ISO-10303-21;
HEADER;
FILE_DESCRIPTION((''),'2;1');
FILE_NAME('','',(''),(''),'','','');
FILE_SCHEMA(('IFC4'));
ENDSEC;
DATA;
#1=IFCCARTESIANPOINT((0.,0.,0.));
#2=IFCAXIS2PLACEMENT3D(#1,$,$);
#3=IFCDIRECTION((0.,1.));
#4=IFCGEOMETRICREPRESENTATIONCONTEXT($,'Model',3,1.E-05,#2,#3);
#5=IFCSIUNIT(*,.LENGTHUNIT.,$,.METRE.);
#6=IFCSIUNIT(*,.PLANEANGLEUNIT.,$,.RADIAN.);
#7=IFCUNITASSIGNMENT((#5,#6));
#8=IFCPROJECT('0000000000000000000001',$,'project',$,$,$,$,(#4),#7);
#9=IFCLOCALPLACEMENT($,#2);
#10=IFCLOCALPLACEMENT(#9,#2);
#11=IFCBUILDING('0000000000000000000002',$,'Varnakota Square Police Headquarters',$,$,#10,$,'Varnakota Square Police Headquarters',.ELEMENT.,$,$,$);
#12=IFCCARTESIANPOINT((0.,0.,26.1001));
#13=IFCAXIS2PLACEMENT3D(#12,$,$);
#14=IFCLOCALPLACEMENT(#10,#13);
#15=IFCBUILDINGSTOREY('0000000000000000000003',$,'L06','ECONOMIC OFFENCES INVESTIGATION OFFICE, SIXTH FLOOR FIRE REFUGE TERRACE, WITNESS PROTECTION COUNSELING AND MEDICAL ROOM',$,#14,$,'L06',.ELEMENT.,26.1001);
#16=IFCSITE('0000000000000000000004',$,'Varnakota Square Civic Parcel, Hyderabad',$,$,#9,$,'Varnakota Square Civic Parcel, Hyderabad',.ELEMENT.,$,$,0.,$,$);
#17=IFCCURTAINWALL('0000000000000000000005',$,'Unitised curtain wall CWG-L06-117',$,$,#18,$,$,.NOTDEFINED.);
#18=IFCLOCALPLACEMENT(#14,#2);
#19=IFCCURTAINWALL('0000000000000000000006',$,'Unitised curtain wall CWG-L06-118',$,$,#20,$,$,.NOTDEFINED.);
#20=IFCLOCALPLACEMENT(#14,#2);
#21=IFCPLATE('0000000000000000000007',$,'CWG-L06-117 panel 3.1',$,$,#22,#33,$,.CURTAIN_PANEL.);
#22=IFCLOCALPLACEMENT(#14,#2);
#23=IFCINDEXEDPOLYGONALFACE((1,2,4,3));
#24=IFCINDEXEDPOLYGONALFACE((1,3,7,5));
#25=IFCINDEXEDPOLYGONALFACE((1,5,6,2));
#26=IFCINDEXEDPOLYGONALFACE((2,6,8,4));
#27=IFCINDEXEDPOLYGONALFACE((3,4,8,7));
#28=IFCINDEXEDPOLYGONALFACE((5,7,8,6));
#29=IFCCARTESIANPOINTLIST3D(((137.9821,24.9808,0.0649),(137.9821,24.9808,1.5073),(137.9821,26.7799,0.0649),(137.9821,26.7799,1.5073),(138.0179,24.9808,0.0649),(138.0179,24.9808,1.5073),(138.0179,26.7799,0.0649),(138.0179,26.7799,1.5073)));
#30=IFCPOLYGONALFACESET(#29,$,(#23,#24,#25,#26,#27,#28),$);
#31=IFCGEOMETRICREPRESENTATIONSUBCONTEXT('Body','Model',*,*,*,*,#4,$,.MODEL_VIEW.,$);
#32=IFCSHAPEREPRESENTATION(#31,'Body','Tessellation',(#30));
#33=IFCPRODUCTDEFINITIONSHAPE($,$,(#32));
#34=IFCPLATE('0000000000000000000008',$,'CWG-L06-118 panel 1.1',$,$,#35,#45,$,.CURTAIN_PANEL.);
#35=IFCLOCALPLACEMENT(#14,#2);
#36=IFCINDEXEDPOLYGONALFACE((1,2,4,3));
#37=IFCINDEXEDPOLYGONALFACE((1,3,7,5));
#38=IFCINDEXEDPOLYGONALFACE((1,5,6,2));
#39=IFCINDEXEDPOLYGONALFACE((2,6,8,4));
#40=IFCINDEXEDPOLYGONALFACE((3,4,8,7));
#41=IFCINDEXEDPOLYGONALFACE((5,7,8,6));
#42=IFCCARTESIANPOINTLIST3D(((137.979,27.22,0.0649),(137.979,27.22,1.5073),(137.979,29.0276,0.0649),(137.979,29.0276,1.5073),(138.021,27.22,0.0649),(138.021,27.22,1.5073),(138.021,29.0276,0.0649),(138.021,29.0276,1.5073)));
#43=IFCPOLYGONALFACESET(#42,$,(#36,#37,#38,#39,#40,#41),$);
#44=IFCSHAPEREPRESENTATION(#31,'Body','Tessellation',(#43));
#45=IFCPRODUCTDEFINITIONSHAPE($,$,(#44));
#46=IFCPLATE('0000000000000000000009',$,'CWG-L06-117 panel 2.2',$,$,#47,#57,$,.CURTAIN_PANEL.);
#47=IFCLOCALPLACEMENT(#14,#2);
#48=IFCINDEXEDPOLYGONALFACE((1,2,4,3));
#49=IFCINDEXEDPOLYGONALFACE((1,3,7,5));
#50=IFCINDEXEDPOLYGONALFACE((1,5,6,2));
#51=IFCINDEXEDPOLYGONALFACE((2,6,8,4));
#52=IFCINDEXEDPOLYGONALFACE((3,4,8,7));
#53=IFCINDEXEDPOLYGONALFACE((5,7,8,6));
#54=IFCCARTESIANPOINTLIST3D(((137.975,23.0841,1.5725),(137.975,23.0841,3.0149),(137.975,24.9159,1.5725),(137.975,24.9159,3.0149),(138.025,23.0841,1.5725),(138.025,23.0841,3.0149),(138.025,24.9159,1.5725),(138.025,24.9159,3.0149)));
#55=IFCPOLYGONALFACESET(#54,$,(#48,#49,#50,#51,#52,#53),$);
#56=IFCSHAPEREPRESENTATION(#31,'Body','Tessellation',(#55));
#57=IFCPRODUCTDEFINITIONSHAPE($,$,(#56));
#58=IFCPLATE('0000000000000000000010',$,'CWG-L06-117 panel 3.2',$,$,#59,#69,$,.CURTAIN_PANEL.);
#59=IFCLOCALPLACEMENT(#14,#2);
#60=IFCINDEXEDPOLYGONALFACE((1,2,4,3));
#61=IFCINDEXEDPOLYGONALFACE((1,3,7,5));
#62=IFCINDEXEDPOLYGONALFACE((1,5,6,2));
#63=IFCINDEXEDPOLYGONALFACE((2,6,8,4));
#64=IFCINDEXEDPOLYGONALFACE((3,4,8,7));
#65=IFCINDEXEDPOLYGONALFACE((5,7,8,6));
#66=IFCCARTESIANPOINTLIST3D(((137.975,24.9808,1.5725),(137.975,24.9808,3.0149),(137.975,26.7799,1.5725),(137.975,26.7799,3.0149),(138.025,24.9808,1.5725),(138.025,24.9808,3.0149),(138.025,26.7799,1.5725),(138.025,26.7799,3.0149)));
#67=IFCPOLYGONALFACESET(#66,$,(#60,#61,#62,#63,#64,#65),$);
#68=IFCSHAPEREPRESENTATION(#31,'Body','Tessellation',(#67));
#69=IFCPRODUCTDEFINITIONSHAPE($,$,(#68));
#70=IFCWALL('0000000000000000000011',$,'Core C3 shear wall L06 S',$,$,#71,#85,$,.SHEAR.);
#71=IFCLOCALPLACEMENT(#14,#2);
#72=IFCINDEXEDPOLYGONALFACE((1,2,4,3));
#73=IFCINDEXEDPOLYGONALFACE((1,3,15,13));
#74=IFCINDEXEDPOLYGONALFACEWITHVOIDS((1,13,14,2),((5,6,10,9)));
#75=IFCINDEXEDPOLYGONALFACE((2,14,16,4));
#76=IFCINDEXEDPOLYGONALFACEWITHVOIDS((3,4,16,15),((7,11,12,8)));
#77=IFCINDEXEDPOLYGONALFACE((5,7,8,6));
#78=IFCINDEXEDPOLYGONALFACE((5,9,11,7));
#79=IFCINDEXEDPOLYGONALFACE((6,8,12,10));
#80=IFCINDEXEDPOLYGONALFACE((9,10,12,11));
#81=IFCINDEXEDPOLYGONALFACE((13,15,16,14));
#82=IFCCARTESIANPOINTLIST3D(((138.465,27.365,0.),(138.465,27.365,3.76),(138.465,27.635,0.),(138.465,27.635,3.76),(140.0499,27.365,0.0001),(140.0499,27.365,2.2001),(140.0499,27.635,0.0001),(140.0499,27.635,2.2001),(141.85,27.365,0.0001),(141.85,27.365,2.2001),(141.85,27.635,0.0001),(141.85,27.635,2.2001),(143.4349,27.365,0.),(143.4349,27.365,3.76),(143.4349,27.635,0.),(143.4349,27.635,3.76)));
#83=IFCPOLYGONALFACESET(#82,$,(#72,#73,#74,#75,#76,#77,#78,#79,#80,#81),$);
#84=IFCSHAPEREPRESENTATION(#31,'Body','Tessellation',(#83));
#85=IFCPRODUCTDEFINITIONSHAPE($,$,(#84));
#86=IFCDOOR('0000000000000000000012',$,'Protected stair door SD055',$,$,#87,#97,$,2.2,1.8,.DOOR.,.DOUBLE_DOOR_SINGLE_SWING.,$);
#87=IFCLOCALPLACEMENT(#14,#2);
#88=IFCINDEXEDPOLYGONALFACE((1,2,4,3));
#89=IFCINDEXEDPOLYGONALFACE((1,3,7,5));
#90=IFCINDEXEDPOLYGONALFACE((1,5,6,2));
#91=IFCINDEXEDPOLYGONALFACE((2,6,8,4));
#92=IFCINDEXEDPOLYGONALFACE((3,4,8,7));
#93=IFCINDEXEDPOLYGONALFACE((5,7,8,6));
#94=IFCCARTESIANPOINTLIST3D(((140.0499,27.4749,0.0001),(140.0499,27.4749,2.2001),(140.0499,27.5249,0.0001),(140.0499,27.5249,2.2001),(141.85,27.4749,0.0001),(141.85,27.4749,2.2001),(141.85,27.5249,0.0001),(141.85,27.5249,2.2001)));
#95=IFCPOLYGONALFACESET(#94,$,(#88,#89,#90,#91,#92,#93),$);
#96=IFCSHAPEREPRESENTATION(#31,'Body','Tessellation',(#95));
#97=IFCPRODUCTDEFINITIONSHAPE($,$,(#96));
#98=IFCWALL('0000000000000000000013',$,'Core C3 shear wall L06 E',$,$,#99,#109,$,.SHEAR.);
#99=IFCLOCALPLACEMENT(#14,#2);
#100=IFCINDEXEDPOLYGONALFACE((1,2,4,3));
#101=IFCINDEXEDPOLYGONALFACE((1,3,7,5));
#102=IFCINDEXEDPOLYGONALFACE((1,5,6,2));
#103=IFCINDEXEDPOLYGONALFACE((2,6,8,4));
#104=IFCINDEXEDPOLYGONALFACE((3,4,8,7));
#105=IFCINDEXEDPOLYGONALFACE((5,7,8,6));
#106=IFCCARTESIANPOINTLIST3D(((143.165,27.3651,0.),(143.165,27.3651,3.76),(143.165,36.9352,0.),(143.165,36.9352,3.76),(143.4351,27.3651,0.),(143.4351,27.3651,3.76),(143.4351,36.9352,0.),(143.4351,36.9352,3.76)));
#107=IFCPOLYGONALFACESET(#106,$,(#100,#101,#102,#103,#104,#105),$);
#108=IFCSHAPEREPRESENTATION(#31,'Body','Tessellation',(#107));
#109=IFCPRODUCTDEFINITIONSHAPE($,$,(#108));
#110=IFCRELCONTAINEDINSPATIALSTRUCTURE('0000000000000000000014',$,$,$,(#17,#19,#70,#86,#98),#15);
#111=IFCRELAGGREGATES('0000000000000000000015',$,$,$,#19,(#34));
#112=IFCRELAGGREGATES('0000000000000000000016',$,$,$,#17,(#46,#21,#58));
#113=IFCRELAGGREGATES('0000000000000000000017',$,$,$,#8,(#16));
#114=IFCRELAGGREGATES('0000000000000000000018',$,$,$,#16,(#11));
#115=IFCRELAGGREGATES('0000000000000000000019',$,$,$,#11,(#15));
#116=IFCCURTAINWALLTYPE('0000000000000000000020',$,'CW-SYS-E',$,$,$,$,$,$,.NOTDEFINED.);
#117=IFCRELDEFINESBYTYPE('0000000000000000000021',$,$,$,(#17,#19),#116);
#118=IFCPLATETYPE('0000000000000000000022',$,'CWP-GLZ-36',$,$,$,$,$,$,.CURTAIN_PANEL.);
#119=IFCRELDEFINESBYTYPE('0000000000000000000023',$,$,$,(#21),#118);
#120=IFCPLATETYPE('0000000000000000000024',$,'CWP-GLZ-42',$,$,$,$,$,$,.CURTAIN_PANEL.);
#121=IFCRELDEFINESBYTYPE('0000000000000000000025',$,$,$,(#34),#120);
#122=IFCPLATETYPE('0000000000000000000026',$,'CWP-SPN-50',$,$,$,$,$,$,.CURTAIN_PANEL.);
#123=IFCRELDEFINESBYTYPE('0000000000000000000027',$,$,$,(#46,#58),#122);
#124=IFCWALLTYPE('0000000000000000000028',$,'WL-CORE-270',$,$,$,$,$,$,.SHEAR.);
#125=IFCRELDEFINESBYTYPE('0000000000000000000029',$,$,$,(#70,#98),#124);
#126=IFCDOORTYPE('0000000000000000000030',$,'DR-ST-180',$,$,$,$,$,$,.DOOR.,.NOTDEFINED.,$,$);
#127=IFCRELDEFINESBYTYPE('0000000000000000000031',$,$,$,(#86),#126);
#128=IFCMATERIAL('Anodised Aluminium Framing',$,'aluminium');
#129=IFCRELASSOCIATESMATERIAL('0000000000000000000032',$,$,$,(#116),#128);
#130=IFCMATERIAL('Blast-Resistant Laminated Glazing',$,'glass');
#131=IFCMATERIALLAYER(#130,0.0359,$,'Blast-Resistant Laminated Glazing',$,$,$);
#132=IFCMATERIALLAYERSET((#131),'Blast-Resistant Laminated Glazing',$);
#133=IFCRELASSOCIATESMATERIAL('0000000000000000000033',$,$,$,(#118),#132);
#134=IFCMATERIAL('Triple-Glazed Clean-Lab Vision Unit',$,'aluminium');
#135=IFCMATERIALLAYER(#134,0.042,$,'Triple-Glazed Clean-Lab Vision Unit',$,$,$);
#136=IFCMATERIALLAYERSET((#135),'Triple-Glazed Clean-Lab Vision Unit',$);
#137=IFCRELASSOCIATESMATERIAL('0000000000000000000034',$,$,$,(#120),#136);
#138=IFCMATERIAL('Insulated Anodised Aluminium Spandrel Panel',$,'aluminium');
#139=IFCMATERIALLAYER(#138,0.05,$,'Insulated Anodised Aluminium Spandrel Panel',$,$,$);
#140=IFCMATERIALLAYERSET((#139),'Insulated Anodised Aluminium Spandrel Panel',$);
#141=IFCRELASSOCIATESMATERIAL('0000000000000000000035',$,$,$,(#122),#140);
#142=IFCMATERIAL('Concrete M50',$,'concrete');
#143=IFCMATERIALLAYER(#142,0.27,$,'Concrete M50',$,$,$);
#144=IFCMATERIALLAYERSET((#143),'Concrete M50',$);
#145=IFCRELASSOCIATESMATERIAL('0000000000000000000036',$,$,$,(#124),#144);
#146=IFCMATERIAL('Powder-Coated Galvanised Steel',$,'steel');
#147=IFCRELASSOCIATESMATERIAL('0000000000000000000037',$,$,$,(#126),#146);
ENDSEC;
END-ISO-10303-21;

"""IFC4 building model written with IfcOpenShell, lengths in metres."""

from ifc_helpers import new_model, si_unit, direction, frame, frame_2d, origin, origin_2d, place, context, subcontext, project, spatial, rectangle, extrude, material, layer, layer_set, type_object, element, fill, aggregate, save


model = new_model("IFC4")

# Units and contexts
model_context = context("Model", 3, precision=1e-05, world=origin(), true_north=direction((0.0, 1.0)))
body_context = subcontext(model_context, "Body", "Model", "MODEL_VIEW")
ifc_project = project(units=[si_unit("LENGTHUNIT", "METRE"), si_unit("PLANEANGLEUNIT", "RADIAN")], contexts=[model_context])

# Site, building, storey
site_placement = place(None, origin())
site = spatial("IfcSite", under=ifc_project, at=site_placement, Name="Varnakota Square Civic Parcel, Hyderabad", LongName="Varnakota Square Civic Parcel, Hyderabad", CompositionType="ELEMENT", RefElevation=0.0)
building_placement = place(site_placement, origin())
building = spatial("IfcBuilding", under=site, at=building_placement, Name="Varnakota Square Police Headquarters", LongName="Varnakota Square Police Headquarters", CompositionType="ELEMENT")
storey_placement = place(building_placement, frame((0.0, 0.0, 26.1001)))
storey = spatial("IfcBuildingStorey", under=building, at=storey_placement, Name="L06", Description="ECONOMIC OFFENCES INVESTIGATION OFFICE, SIXTH FLOOR FIRE REFUGE TERRACE, WITNESS PROTECTION COUNSELING AND MEDICAL ROOM", LongName="L06", CompositionType="ELEMENT", Elevation=26.1001)

# Curtain wall
ifc_material_1 = material(Name="Anodised Aluminium Framing", Category="aluminium")
curtain_wall_type = type_object("IfcCurtainWallType", Name="CW-SYS-E", PredefinedType="NOTDEFINED", material=ifc_material_1)
curtain_wall_1_placement = place(storey_placement, origin())
curtain_wall_1 = element("IfcCurtainWall", 1, at=curtain_wall_1_placement, inside=storey, type_object=curtain_wall_type, Name="Unitised curtain wall CWG-L06-117", PredefinedType="NOTDEFINED")

# Curtain wall
curtain_wall_2_placement = place(storey_placement, origin())
curtain_wall_2 = element("IfcCurtainWall", 2, at=curtain_wall_2_placement, inside=storey, type_object=curtain_wall_type, Name="Unitised curtain wall CWG-L06-118", PredefinedType="NOTDEFINED")

# Plates
ifc_material_2 = material(Name="Blast-Resistant Laminated Glazing", Category="glass")
ifc_layer_1 = layer(ifc_material_2, 0.0359, Name="Blast-Resistant Laminated Glazing")
ifc_layer_set_1 = layer_set([ifc_layer_1], Name="Blast-Resistant Laminated Glazing")
plate_type_1 = type_object("IfcPlateType", Name="CWP-GLZ-36", PredefinedType="CURTAIN_PANEL", material=ifc_layer_set_1)
plate_1_placement = place(storey_placement, frame((138.0, 25.8804, 0.0649), z_axis=(0.0, 0.0, 1.0), x_axis=(0.0, 1.0, 0.0)))
plate_1 = element("IfcPlate", 3, at=plate_1_placement, type_object=plate_type_1, Name="CWG-L06-117 panel 3.1", PredefinedType="CURTAIN_PANEL", context=body_context, shape_type="SweptSolid", body=[
    extrude(rectangle(XDim=1.7991, YDim=0.0359, at=origin_2d()), origin(), (0.0, 0.0, 1.0), 1.4424),
])
ifc_material_3 = material(Name="Triple-Glazed Clean-Lab Vision Unit", Category="aluminium")
ifc_layer_2 = layer(ifc_material_3, 0.042, Name="Triple-Glazed Clean-Lab Vision Unit")
ifc_layer_set_2 = layer_set([ifc_layer_2], Name="Triple-Glazed Clean-Lab Vision Unit")
plate_type_2 = type_object("IfcPlateType", Name="CWP-GLZ-42", PredefinedType="CURTAIN_PANEL", material=ifc_layer_set_2)
plate_2_placement = place(storey_placement, frame((138.0, 28.1238, 0.0649), z_axis=(0.0, 0.0, 1.0), x_axis=(0.0, 1.0, 0.0)))
plate_2 = element("IfcPlate", 4, at=plate_2_placement, type_object=plate_type_2, Name="CWG-L06-118 panel 1.1", PredefinedType="CURTAIN_PANEL", context=body_context, shape_type="SweptSolid", body=[
    extrude(rectangle(XDim=1.8076, YDim=0.042, at=origin_2d()), origin(), (0.0, 0.0, 1.0), 1.4424),
])
aggregate(curtain_wall_2, [plate_2])
ifc_material_4 = material(Name="Insulated Anodised Aluminium Spandrel Panel", Category="aluminium")
ifc_layer_3 = layer(ifc_material_4, 0.05, Name="Insulated Anodised Aluminium Spandrel Panel")
ifc_layer_set_3 = layer_set([ifc_layer_3], Name="Insulated Anodised Aluminium Spandrel Panel")
plate_type_3 = type_object("IfcPlateType", Name="CWP-SPN-50", PredefinedType="CURTAIN_PANEL", material=ifc_layer_set_3)
plate_3_placement = place(storey_placement, frame((138.0, 24.0, 1.5725), z_axis=(0.0, 0.0, 1.0), x_axis=(0.0, 1.0, 0.0)))
plate_3 = element("IfcPlate", 5, at=plate_3_placement, type_object=plate_type_3, Name="CWG-L06-117 panel 2.2", PredefinedType="CURTAIN_PANEL", context=body_context, shape_type="SweptSolid", body=[
    extrude(rectangle(XDim=1.8318, YDim=0.05, at=origin_2d()), origin(), (0.0, 0.0, 1.0), 1.4424),
])
plate_4_placement = place(storey_placement, frame((138.0, 25.8804, 1.5725), z_axis=(0.0, 0.0, 1.0), x_axis=(0.0, 1.0, 0.0)))
plate_4 = element("IfcPlate", 6, at=plate_4_placement, type_object=plate_type_3, Name="CWG-L06-117 panel 3.2", PredefinedType="CURTAIN_PANEL", context=body_context, shape_type="SweptSolid", body=[
    extrude(rectangle(XDim=1.7991, YDim=0.05, at=origin_2d()), origin(), (0.0, 0.0, 1.0), 1.4424),
])
aggregate(curtain_wall_1, [plate_3, plate_1, plate_4])

# Wall, opening, door
ifc_material_5 = material(Name="Concrete M50", Category="concrete")
ifc_layer_4 = layer(ifc_material_5, 0.27, Name="Concrete M50")
ifc_layer_set_4 = layer_set([ifc_layer_4], Name="Concrete M50")
wall_type = type_object("IfcWallType", Name="WL-CORE-270", PredefinedType="SHEAR", material=ifc_layer_set_4)
wall_1_placement = place(storey_placement, frame((138.4651, 27.5, 0.0), z_axis=(0.0, 0.0, 1.0), x_axis=(1.0, 0.0, 0.0)))
wall_1 = element("IfcWall", 7, at=wall_1_placement, inside=storey, type_object=wall_type, Name="Core C3 shear wall L06 S", PredefinedType="SHEAR", context=body_context, shape_type="SweptSolid", body=[
    extrude(rectangle(XDim=4.97, YDim=0.27, at=frame_2d((2.4849, 0.0))), origin(), (0.0, 0.0, 1.0), 3.76),
])
opening_placement = place(wall_1_placement, frame((1.585, 0.0, 0.0)))
opening = element("IfcOpeningElement", 8, at=opening_placement, cuts=wall_1, PredefinedType="OPENING", context=body_context, shape_type="SweptSolid", body=[
    extrude(rectangle(XDim=1.8, YDim=2.2, at=frame_2d((0.8999, 1.1001))), frame((0.0, 0.145, 0.0), z_axis=(0.0, -1.0, 0.0), x_axis=(1.0, 0.0, 0.0)), (0.0, 0.0, 1.0), 0.29),
])
ifc_material_6 = material(Name="Powder-Coated Galvanised Steel", Category="steel")
door_type = type_object("IfcDoorType", Name="DR-ST-180", OperationType="NOTDEFINED", PredefinedType="DOOR", material=ifc_material_6)
door_placement = place(opening_placement, origin())
door = element("IfcDoor", 9, at=door_placement, inside=storey, type_object=door_type, Name="Protected stair door SD055", OperationType="DOUBLE_DOOR_SINGLE_SWING", OverallHeight=2.2, OverallWidth=1.8, PredefinedType="DOOR", context=body_context, shape_type="SweptSolid", body=[
    extrude(rectangle(XDim=1.8, YDim=2.2, at=frame_2d((0.8999, 1.1001))), frame((0.0, 0.0249, 0.0), z_axis=(0.0, -1.0, 0.0), x_axis=(1.0, 0.0, 0.0)), (0.0, 0.0, 1.0), 0.05),
])
fill(opening, door)

# Wall
wall_2_placement = place(storey_placement, frame((143.3, 27.365, 0.0), z_axis=(0.0, 0.0, 1.0), x_axis=(0.0, 1.0, 0.0)))
element("IfcWall", 10, at=wall_2_placement, inside=storey, type_object=wall_type, Name="Core C3 shear wall L06 E", PredefinedType="SHEAR", context=body_context, shape_type="SweptSolid", body=[
    extrude(rectangle(XDim=9.5701, YDim=0.27, at=frame_2d((4.7852, 0.0))), origin(), (0.0, 0.0, 1.0), 3.76),
])

save(model, "model.ifc")
